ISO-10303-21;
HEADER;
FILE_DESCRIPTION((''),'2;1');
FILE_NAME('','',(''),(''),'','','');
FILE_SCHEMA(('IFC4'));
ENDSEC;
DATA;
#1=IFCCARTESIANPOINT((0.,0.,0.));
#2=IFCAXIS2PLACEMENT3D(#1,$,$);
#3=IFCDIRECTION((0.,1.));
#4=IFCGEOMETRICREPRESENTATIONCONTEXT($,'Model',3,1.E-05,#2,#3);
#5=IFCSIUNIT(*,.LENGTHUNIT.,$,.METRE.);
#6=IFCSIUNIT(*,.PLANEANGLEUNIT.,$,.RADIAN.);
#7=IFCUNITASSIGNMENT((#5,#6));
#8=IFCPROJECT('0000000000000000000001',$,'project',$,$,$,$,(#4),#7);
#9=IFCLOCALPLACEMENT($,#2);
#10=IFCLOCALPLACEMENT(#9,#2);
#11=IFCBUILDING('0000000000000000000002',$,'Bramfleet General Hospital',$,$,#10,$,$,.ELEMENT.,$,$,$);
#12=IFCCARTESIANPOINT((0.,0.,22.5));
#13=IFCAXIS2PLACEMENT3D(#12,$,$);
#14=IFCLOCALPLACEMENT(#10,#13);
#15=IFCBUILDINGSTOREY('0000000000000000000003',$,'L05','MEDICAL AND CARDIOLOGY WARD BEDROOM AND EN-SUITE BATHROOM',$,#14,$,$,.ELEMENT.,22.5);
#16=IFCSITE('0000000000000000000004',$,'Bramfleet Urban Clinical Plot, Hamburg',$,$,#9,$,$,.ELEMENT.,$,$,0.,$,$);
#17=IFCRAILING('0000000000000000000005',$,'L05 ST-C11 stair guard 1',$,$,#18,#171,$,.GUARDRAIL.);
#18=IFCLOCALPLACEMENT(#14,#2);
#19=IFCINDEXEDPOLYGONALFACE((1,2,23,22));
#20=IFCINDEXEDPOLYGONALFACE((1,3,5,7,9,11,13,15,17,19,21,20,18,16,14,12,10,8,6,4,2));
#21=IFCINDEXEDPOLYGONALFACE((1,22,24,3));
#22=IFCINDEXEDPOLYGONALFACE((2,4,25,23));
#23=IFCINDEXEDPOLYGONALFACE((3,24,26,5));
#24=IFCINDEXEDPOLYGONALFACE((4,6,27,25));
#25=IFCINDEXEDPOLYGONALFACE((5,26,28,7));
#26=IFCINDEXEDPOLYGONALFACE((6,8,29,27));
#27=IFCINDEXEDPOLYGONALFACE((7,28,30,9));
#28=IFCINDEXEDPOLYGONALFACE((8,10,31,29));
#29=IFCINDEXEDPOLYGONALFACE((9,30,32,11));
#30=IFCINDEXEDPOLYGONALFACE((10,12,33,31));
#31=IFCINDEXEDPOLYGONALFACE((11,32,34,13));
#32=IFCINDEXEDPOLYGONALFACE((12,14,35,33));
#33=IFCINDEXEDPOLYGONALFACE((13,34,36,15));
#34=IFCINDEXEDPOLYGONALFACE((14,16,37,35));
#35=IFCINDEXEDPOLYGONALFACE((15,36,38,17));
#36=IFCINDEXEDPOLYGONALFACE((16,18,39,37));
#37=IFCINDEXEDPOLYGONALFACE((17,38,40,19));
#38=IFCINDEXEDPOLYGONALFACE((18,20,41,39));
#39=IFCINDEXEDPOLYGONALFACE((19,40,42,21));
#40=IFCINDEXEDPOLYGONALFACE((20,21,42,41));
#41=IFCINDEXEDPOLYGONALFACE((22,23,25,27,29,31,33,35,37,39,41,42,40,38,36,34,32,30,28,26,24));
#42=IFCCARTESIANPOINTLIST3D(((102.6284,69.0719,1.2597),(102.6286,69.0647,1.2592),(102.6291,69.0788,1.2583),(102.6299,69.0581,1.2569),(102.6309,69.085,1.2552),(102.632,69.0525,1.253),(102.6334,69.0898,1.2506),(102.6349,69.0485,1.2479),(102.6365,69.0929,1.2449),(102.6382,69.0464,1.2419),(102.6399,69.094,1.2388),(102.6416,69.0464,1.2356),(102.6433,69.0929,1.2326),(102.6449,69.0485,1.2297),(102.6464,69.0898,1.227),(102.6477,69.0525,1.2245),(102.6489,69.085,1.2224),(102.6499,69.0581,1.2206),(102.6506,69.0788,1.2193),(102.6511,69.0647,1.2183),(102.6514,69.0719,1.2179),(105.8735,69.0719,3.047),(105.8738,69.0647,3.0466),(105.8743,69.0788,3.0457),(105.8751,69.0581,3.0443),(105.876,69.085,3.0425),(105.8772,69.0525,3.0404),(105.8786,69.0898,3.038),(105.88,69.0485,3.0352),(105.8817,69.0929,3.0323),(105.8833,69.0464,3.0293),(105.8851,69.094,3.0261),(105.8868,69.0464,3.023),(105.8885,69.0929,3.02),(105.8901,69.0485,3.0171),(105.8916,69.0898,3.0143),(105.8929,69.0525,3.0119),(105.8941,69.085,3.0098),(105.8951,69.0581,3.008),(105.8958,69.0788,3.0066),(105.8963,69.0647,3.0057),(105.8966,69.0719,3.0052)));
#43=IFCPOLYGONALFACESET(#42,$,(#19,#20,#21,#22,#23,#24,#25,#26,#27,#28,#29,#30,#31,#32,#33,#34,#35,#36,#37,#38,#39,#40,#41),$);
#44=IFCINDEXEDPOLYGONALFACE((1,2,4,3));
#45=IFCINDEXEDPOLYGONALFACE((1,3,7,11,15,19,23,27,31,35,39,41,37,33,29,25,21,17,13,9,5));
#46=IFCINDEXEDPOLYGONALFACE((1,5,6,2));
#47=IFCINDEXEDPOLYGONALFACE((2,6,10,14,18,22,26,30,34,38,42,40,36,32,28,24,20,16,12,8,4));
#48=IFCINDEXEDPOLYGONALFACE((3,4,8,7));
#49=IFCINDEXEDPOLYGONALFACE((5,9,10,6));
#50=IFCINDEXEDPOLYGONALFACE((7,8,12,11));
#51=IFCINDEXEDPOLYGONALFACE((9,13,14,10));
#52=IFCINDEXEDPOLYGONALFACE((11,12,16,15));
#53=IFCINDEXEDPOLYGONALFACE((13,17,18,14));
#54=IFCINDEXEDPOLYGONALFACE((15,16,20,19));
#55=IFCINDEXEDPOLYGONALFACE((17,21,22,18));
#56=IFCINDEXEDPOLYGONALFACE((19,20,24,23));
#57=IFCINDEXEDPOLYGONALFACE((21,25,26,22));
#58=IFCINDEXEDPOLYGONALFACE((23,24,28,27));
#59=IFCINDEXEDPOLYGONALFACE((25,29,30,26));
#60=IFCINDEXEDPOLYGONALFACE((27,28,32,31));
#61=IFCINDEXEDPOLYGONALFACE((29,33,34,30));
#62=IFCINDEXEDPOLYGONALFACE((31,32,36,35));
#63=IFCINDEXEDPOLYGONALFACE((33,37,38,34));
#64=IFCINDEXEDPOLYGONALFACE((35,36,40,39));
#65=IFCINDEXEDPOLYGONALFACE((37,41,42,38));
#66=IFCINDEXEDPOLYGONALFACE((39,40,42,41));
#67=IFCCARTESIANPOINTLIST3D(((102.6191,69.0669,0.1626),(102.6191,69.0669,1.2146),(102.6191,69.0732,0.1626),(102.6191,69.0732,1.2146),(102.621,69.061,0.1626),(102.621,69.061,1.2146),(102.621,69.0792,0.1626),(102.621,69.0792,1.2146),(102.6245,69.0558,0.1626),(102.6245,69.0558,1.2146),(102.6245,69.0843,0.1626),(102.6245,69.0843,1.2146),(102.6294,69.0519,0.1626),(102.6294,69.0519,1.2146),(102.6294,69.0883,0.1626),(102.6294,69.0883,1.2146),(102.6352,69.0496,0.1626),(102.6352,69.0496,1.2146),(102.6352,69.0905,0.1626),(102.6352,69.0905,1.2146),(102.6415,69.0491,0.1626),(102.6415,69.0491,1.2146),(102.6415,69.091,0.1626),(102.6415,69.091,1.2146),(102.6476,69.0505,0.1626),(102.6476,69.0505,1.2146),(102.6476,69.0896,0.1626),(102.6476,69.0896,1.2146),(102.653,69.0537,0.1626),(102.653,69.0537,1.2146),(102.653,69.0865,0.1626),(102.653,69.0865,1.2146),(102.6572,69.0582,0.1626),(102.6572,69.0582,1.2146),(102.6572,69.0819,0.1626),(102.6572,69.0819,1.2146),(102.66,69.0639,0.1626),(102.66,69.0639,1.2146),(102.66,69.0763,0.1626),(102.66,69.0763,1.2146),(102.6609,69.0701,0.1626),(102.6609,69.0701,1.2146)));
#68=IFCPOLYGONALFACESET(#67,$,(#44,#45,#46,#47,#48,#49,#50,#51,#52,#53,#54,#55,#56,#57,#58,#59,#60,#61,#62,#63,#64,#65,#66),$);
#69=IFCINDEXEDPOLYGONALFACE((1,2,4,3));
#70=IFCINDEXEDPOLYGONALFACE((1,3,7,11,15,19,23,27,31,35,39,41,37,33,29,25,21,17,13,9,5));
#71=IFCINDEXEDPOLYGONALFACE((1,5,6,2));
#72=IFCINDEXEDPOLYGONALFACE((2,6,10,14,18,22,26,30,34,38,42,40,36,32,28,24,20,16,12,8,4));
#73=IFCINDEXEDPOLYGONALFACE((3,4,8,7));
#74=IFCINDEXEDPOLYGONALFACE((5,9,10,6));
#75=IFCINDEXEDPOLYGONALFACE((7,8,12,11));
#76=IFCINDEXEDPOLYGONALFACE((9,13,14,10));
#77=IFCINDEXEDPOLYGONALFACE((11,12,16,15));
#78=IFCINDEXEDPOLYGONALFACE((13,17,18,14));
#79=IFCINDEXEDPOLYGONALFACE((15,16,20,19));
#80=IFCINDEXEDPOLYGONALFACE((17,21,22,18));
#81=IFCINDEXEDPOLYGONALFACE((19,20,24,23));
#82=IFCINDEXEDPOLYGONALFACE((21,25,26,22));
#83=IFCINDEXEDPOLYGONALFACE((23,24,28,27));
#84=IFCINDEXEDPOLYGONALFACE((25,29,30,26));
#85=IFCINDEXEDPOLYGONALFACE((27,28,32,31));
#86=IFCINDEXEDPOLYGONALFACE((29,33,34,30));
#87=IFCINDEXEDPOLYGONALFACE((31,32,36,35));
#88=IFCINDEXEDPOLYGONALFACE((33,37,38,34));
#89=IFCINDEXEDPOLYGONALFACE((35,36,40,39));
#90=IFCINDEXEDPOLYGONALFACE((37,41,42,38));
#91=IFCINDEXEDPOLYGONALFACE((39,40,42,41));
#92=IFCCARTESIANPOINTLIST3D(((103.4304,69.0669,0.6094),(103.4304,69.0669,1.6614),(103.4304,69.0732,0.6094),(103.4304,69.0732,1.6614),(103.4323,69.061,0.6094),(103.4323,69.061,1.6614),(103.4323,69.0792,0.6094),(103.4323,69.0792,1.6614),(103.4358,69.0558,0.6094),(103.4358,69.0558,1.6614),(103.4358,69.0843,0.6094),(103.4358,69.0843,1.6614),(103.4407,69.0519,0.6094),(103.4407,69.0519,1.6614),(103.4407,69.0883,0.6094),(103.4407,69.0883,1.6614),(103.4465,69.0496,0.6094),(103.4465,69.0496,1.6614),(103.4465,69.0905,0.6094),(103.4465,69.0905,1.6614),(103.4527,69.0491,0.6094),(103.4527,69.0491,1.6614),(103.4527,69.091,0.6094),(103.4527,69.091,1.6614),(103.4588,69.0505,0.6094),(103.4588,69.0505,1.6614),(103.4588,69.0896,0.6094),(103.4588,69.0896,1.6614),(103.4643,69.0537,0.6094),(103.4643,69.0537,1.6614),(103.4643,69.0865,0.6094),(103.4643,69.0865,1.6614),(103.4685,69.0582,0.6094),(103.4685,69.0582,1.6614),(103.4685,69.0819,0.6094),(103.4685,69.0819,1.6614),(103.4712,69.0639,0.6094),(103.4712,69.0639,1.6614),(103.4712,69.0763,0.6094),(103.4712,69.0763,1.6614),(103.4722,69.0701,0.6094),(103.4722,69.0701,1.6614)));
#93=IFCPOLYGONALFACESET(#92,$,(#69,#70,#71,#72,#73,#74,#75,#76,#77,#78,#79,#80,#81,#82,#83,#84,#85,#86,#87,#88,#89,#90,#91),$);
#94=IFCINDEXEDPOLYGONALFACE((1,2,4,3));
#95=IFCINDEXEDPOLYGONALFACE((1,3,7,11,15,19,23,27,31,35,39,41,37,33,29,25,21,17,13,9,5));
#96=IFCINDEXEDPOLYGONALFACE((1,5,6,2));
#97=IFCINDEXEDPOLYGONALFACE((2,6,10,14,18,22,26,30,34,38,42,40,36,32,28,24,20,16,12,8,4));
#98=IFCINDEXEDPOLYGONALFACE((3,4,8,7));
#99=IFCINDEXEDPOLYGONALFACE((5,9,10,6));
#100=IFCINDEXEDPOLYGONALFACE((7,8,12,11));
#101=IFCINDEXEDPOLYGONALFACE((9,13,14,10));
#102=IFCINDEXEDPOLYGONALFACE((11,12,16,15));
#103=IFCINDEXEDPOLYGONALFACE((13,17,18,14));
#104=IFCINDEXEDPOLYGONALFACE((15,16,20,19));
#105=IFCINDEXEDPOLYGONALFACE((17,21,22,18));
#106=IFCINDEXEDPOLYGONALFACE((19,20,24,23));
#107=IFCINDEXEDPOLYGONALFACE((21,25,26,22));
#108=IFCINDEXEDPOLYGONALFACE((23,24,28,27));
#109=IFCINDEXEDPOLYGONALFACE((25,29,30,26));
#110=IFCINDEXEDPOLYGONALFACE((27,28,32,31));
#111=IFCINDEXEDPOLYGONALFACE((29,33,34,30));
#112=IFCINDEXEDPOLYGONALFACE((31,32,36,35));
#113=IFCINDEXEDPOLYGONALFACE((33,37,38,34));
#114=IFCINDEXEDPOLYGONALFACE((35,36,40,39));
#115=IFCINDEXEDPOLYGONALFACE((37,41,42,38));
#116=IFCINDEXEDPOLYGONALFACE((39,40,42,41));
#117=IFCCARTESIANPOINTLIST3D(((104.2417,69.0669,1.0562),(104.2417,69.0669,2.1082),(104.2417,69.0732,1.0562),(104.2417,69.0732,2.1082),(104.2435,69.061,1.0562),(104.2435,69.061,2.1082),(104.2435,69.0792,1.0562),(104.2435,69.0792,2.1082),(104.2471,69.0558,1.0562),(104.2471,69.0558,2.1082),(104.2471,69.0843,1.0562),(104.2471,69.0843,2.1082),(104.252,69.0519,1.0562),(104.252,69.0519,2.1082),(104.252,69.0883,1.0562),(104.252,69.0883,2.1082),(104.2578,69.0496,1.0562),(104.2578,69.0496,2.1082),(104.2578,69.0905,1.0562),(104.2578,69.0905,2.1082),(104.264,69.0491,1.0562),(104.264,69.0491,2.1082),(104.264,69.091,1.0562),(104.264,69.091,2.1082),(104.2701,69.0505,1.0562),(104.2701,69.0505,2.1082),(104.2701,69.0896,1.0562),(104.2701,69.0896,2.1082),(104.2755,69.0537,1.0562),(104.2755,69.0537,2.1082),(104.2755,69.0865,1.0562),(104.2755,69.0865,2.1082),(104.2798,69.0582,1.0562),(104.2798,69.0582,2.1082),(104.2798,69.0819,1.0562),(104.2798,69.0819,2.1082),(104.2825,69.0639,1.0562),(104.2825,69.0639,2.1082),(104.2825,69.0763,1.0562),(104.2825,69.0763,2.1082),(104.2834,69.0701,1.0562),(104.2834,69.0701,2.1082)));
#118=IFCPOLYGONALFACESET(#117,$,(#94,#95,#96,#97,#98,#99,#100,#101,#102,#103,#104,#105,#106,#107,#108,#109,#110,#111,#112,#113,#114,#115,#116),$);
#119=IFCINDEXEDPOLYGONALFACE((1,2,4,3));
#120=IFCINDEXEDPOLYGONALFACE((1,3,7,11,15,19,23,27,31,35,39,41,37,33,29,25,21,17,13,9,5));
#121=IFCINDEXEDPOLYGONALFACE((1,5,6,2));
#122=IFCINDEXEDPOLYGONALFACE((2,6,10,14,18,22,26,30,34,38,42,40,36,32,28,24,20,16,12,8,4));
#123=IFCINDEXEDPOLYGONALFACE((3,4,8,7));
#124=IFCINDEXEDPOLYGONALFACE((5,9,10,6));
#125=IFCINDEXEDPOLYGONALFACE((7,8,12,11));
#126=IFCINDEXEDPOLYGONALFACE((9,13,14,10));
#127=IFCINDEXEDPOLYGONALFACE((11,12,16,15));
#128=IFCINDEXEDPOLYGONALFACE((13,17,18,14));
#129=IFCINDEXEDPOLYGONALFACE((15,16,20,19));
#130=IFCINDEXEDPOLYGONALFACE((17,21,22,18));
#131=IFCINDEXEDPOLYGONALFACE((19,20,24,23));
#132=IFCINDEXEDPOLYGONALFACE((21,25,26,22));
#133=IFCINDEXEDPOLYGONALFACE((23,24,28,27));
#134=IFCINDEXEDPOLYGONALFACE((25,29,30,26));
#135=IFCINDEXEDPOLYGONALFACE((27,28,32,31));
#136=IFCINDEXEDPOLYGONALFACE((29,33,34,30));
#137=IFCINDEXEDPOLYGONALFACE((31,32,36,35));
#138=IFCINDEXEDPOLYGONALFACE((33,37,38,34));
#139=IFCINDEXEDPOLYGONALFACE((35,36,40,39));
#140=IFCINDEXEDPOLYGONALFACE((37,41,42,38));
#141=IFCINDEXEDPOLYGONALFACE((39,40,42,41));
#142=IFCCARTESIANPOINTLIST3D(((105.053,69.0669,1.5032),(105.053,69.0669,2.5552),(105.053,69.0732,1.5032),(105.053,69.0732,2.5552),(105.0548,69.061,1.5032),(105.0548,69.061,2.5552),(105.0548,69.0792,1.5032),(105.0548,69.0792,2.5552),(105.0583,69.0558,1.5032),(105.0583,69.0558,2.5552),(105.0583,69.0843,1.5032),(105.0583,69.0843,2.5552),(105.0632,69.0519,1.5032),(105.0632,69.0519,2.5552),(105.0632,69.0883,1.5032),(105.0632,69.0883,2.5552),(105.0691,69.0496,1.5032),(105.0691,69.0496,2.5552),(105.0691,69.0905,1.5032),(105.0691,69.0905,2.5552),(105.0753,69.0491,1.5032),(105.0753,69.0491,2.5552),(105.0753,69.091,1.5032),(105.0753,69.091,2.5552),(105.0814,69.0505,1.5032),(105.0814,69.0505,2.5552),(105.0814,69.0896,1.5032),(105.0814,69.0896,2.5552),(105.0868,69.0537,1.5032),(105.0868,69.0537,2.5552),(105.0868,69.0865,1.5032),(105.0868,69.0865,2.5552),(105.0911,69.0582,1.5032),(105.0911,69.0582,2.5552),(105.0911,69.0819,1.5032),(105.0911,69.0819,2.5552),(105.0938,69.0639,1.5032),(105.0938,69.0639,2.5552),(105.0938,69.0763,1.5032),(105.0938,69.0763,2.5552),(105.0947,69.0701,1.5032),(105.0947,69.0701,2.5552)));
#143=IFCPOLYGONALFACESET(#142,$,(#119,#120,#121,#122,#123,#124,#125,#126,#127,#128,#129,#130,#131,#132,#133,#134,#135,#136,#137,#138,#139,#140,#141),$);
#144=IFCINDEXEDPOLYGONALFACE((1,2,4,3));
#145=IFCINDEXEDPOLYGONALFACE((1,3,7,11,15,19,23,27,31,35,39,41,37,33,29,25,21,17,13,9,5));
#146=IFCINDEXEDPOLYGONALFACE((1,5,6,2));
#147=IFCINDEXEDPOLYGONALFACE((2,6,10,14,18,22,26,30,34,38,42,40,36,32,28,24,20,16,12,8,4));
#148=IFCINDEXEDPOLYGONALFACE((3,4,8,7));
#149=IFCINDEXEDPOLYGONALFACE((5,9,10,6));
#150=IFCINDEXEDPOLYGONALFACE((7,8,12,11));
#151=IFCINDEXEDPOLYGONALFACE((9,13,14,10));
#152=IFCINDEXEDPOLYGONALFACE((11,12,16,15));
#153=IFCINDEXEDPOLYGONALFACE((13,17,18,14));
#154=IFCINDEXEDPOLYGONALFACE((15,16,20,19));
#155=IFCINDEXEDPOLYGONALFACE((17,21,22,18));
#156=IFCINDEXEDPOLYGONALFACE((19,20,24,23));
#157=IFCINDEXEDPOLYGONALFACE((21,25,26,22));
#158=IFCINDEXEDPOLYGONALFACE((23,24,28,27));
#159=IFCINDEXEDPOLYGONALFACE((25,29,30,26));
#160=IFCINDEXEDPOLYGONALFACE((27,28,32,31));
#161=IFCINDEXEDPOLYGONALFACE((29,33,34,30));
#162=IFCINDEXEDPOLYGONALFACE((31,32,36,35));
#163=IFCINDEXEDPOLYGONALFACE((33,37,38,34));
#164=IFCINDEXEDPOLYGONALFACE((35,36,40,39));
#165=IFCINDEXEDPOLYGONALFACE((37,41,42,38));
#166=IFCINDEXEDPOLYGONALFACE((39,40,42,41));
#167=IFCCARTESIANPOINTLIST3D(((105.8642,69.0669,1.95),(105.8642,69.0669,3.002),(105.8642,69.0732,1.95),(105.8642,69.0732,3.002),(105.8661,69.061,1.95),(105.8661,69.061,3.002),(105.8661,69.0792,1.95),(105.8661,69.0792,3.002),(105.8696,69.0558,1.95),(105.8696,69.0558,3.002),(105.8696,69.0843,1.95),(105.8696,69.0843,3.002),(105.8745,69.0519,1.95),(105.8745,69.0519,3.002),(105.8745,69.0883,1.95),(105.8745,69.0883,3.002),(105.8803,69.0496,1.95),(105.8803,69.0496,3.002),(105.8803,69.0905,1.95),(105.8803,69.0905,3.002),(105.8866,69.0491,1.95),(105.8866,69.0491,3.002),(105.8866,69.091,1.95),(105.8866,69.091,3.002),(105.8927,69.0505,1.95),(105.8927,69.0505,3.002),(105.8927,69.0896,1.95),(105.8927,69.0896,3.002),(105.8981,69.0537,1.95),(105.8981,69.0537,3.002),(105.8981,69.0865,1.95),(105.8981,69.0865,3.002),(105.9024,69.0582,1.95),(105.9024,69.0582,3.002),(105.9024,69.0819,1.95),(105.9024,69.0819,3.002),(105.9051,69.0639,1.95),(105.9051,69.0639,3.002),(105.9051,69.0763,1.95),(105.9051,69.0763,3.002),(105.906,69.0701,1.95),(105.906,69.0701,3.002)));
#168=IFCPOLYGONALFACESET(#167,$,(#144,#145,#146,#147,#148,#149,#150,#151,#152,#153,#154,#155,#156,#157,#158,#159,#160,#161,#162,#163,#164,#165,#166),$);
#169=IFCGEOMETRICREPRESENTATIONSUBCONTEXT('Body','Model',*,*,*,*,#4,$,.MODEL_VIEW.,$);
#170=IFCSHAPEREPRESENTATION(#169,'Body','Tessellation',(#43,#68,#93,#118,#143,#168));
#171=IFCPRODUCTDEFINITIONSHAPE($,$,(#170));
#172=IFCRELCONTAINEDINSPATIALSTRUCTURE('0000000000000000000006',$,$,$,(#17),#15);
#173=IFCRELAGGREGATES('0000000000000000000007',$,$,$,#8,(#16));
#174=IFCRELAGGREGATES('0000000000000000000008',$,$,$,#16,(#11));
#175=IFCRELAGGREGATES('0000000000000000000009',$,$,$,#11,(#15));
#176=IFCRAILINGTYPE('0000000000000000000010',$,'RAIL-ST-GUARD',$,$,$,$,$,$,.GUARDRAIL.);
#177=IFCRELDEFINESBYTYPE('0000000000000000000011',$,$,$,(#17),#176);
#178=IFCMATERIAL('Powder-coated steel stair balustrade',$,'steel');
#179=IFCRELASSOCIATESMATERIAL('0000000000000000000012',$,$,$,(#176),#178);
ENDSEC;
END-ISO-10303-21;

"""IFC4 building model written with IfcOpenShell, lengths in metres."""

from ifc_helpers import new_model, si_unit, direction, frame, origin, origin_2d, place, context, subcontext, project, spatial, circle, extrude, material, type_object, element, save


model = new_model("IFC4")

# Units and contexts
model_context = context("Model", 3, precision=1e-05, world=origin(), true_north=direction((0.0, 1.0)))
body_context = subcontext(model_context, "Body", "Model", "MODEL_VIEW")
ifc_project = project(units=[si_unit("LENGTHUNIT", "METRE"), si_unit("PLANEANGLEUNIT", "RADIAN")], contexts=[model_context])

# Site, building, storey
site_placement = place(None, origin())
site = spatial("IfcSite", under=ifc_project, at=site_placement, Name="Bramfleet Urban Clinical Plot, Hamburg", CompositionType="ELEMENT", RefElevation=0.0)
building_placement = place(site_placement, origin())
building = spatial("IfcBuilding", under=site, at=building_placement, Name="Bramfleet General Hospital", CompositionType="ELEMENT")
storey_placement = place(building_placement, frame((0.0, 0.0, 22.5)))
storey = spatial("IfcBuildingStorey", under=building, at=storey_placement, Name="L05", Description="MEDICAL AND CARDIOLOGY WARD BEDROOM AND EN-SUITE BATHROOM", CompositionType="ELEMENT", Elevation=22.5)

# Railing
ifc_material_1 = material(Name="Powder-coated steel stair balustrade", Category="steel")
railing_type_1 = type_object("IfcRailingType", Name="RAIL-ST-GUARD", PredefinedType="GUARDRAIL", material=ifc_material_1)
railing_1_placement = place(storey_placement, frame((102.6399, 69.0701, 0.1626)))
element("IfcRailing", 1, at=railing_1_placement, inside=storey, type_object=railing_type_1, Name="L05 ST-C11 stair guard 1", PredefinedType="GUARDRAIL", context=body_context, shape_type="SweptSolid", body=[
    extrude(circle(Radius=0.0239, at=origin_2d()), frame((0.0, 0.0, 1.0762), z_axis=(0.875926, 0.0, 0.482445), x_axis=(0.0, 1.0, 0.0)), (0.0, 0.0, 1.0), 3.7048),
    extrude(circle(Radius=0.021, at=origin_2d()), origin(), (0.0, 0.0, 1.0), 1.052),
    extrude(circle(Radius=0.021, at=origin_2d()), frame((0.8113, 0.0, 0.4468)), (0.0, 0.0, 1.0), 1.052),
    extrude(circle(Radius=0.021, at=origin_2d()), frame((1.6226, 0.0, 0.8936)), (0.0, 0.0, 1.0), 1.052),
    extrude(circle(Radius=0.021, at=origin_2d()), frame((2.4338, 0.0, 1.3406)), (0.0, 0.0, 1.0), 1.052),
    extrude(circle(Radius=0.021, at=origin_2d()), frame((3.2451, 0.0, 1.7874)), (0.0, 0.0, 1.0), 1.052),
])

save(model, "model.ifc")
